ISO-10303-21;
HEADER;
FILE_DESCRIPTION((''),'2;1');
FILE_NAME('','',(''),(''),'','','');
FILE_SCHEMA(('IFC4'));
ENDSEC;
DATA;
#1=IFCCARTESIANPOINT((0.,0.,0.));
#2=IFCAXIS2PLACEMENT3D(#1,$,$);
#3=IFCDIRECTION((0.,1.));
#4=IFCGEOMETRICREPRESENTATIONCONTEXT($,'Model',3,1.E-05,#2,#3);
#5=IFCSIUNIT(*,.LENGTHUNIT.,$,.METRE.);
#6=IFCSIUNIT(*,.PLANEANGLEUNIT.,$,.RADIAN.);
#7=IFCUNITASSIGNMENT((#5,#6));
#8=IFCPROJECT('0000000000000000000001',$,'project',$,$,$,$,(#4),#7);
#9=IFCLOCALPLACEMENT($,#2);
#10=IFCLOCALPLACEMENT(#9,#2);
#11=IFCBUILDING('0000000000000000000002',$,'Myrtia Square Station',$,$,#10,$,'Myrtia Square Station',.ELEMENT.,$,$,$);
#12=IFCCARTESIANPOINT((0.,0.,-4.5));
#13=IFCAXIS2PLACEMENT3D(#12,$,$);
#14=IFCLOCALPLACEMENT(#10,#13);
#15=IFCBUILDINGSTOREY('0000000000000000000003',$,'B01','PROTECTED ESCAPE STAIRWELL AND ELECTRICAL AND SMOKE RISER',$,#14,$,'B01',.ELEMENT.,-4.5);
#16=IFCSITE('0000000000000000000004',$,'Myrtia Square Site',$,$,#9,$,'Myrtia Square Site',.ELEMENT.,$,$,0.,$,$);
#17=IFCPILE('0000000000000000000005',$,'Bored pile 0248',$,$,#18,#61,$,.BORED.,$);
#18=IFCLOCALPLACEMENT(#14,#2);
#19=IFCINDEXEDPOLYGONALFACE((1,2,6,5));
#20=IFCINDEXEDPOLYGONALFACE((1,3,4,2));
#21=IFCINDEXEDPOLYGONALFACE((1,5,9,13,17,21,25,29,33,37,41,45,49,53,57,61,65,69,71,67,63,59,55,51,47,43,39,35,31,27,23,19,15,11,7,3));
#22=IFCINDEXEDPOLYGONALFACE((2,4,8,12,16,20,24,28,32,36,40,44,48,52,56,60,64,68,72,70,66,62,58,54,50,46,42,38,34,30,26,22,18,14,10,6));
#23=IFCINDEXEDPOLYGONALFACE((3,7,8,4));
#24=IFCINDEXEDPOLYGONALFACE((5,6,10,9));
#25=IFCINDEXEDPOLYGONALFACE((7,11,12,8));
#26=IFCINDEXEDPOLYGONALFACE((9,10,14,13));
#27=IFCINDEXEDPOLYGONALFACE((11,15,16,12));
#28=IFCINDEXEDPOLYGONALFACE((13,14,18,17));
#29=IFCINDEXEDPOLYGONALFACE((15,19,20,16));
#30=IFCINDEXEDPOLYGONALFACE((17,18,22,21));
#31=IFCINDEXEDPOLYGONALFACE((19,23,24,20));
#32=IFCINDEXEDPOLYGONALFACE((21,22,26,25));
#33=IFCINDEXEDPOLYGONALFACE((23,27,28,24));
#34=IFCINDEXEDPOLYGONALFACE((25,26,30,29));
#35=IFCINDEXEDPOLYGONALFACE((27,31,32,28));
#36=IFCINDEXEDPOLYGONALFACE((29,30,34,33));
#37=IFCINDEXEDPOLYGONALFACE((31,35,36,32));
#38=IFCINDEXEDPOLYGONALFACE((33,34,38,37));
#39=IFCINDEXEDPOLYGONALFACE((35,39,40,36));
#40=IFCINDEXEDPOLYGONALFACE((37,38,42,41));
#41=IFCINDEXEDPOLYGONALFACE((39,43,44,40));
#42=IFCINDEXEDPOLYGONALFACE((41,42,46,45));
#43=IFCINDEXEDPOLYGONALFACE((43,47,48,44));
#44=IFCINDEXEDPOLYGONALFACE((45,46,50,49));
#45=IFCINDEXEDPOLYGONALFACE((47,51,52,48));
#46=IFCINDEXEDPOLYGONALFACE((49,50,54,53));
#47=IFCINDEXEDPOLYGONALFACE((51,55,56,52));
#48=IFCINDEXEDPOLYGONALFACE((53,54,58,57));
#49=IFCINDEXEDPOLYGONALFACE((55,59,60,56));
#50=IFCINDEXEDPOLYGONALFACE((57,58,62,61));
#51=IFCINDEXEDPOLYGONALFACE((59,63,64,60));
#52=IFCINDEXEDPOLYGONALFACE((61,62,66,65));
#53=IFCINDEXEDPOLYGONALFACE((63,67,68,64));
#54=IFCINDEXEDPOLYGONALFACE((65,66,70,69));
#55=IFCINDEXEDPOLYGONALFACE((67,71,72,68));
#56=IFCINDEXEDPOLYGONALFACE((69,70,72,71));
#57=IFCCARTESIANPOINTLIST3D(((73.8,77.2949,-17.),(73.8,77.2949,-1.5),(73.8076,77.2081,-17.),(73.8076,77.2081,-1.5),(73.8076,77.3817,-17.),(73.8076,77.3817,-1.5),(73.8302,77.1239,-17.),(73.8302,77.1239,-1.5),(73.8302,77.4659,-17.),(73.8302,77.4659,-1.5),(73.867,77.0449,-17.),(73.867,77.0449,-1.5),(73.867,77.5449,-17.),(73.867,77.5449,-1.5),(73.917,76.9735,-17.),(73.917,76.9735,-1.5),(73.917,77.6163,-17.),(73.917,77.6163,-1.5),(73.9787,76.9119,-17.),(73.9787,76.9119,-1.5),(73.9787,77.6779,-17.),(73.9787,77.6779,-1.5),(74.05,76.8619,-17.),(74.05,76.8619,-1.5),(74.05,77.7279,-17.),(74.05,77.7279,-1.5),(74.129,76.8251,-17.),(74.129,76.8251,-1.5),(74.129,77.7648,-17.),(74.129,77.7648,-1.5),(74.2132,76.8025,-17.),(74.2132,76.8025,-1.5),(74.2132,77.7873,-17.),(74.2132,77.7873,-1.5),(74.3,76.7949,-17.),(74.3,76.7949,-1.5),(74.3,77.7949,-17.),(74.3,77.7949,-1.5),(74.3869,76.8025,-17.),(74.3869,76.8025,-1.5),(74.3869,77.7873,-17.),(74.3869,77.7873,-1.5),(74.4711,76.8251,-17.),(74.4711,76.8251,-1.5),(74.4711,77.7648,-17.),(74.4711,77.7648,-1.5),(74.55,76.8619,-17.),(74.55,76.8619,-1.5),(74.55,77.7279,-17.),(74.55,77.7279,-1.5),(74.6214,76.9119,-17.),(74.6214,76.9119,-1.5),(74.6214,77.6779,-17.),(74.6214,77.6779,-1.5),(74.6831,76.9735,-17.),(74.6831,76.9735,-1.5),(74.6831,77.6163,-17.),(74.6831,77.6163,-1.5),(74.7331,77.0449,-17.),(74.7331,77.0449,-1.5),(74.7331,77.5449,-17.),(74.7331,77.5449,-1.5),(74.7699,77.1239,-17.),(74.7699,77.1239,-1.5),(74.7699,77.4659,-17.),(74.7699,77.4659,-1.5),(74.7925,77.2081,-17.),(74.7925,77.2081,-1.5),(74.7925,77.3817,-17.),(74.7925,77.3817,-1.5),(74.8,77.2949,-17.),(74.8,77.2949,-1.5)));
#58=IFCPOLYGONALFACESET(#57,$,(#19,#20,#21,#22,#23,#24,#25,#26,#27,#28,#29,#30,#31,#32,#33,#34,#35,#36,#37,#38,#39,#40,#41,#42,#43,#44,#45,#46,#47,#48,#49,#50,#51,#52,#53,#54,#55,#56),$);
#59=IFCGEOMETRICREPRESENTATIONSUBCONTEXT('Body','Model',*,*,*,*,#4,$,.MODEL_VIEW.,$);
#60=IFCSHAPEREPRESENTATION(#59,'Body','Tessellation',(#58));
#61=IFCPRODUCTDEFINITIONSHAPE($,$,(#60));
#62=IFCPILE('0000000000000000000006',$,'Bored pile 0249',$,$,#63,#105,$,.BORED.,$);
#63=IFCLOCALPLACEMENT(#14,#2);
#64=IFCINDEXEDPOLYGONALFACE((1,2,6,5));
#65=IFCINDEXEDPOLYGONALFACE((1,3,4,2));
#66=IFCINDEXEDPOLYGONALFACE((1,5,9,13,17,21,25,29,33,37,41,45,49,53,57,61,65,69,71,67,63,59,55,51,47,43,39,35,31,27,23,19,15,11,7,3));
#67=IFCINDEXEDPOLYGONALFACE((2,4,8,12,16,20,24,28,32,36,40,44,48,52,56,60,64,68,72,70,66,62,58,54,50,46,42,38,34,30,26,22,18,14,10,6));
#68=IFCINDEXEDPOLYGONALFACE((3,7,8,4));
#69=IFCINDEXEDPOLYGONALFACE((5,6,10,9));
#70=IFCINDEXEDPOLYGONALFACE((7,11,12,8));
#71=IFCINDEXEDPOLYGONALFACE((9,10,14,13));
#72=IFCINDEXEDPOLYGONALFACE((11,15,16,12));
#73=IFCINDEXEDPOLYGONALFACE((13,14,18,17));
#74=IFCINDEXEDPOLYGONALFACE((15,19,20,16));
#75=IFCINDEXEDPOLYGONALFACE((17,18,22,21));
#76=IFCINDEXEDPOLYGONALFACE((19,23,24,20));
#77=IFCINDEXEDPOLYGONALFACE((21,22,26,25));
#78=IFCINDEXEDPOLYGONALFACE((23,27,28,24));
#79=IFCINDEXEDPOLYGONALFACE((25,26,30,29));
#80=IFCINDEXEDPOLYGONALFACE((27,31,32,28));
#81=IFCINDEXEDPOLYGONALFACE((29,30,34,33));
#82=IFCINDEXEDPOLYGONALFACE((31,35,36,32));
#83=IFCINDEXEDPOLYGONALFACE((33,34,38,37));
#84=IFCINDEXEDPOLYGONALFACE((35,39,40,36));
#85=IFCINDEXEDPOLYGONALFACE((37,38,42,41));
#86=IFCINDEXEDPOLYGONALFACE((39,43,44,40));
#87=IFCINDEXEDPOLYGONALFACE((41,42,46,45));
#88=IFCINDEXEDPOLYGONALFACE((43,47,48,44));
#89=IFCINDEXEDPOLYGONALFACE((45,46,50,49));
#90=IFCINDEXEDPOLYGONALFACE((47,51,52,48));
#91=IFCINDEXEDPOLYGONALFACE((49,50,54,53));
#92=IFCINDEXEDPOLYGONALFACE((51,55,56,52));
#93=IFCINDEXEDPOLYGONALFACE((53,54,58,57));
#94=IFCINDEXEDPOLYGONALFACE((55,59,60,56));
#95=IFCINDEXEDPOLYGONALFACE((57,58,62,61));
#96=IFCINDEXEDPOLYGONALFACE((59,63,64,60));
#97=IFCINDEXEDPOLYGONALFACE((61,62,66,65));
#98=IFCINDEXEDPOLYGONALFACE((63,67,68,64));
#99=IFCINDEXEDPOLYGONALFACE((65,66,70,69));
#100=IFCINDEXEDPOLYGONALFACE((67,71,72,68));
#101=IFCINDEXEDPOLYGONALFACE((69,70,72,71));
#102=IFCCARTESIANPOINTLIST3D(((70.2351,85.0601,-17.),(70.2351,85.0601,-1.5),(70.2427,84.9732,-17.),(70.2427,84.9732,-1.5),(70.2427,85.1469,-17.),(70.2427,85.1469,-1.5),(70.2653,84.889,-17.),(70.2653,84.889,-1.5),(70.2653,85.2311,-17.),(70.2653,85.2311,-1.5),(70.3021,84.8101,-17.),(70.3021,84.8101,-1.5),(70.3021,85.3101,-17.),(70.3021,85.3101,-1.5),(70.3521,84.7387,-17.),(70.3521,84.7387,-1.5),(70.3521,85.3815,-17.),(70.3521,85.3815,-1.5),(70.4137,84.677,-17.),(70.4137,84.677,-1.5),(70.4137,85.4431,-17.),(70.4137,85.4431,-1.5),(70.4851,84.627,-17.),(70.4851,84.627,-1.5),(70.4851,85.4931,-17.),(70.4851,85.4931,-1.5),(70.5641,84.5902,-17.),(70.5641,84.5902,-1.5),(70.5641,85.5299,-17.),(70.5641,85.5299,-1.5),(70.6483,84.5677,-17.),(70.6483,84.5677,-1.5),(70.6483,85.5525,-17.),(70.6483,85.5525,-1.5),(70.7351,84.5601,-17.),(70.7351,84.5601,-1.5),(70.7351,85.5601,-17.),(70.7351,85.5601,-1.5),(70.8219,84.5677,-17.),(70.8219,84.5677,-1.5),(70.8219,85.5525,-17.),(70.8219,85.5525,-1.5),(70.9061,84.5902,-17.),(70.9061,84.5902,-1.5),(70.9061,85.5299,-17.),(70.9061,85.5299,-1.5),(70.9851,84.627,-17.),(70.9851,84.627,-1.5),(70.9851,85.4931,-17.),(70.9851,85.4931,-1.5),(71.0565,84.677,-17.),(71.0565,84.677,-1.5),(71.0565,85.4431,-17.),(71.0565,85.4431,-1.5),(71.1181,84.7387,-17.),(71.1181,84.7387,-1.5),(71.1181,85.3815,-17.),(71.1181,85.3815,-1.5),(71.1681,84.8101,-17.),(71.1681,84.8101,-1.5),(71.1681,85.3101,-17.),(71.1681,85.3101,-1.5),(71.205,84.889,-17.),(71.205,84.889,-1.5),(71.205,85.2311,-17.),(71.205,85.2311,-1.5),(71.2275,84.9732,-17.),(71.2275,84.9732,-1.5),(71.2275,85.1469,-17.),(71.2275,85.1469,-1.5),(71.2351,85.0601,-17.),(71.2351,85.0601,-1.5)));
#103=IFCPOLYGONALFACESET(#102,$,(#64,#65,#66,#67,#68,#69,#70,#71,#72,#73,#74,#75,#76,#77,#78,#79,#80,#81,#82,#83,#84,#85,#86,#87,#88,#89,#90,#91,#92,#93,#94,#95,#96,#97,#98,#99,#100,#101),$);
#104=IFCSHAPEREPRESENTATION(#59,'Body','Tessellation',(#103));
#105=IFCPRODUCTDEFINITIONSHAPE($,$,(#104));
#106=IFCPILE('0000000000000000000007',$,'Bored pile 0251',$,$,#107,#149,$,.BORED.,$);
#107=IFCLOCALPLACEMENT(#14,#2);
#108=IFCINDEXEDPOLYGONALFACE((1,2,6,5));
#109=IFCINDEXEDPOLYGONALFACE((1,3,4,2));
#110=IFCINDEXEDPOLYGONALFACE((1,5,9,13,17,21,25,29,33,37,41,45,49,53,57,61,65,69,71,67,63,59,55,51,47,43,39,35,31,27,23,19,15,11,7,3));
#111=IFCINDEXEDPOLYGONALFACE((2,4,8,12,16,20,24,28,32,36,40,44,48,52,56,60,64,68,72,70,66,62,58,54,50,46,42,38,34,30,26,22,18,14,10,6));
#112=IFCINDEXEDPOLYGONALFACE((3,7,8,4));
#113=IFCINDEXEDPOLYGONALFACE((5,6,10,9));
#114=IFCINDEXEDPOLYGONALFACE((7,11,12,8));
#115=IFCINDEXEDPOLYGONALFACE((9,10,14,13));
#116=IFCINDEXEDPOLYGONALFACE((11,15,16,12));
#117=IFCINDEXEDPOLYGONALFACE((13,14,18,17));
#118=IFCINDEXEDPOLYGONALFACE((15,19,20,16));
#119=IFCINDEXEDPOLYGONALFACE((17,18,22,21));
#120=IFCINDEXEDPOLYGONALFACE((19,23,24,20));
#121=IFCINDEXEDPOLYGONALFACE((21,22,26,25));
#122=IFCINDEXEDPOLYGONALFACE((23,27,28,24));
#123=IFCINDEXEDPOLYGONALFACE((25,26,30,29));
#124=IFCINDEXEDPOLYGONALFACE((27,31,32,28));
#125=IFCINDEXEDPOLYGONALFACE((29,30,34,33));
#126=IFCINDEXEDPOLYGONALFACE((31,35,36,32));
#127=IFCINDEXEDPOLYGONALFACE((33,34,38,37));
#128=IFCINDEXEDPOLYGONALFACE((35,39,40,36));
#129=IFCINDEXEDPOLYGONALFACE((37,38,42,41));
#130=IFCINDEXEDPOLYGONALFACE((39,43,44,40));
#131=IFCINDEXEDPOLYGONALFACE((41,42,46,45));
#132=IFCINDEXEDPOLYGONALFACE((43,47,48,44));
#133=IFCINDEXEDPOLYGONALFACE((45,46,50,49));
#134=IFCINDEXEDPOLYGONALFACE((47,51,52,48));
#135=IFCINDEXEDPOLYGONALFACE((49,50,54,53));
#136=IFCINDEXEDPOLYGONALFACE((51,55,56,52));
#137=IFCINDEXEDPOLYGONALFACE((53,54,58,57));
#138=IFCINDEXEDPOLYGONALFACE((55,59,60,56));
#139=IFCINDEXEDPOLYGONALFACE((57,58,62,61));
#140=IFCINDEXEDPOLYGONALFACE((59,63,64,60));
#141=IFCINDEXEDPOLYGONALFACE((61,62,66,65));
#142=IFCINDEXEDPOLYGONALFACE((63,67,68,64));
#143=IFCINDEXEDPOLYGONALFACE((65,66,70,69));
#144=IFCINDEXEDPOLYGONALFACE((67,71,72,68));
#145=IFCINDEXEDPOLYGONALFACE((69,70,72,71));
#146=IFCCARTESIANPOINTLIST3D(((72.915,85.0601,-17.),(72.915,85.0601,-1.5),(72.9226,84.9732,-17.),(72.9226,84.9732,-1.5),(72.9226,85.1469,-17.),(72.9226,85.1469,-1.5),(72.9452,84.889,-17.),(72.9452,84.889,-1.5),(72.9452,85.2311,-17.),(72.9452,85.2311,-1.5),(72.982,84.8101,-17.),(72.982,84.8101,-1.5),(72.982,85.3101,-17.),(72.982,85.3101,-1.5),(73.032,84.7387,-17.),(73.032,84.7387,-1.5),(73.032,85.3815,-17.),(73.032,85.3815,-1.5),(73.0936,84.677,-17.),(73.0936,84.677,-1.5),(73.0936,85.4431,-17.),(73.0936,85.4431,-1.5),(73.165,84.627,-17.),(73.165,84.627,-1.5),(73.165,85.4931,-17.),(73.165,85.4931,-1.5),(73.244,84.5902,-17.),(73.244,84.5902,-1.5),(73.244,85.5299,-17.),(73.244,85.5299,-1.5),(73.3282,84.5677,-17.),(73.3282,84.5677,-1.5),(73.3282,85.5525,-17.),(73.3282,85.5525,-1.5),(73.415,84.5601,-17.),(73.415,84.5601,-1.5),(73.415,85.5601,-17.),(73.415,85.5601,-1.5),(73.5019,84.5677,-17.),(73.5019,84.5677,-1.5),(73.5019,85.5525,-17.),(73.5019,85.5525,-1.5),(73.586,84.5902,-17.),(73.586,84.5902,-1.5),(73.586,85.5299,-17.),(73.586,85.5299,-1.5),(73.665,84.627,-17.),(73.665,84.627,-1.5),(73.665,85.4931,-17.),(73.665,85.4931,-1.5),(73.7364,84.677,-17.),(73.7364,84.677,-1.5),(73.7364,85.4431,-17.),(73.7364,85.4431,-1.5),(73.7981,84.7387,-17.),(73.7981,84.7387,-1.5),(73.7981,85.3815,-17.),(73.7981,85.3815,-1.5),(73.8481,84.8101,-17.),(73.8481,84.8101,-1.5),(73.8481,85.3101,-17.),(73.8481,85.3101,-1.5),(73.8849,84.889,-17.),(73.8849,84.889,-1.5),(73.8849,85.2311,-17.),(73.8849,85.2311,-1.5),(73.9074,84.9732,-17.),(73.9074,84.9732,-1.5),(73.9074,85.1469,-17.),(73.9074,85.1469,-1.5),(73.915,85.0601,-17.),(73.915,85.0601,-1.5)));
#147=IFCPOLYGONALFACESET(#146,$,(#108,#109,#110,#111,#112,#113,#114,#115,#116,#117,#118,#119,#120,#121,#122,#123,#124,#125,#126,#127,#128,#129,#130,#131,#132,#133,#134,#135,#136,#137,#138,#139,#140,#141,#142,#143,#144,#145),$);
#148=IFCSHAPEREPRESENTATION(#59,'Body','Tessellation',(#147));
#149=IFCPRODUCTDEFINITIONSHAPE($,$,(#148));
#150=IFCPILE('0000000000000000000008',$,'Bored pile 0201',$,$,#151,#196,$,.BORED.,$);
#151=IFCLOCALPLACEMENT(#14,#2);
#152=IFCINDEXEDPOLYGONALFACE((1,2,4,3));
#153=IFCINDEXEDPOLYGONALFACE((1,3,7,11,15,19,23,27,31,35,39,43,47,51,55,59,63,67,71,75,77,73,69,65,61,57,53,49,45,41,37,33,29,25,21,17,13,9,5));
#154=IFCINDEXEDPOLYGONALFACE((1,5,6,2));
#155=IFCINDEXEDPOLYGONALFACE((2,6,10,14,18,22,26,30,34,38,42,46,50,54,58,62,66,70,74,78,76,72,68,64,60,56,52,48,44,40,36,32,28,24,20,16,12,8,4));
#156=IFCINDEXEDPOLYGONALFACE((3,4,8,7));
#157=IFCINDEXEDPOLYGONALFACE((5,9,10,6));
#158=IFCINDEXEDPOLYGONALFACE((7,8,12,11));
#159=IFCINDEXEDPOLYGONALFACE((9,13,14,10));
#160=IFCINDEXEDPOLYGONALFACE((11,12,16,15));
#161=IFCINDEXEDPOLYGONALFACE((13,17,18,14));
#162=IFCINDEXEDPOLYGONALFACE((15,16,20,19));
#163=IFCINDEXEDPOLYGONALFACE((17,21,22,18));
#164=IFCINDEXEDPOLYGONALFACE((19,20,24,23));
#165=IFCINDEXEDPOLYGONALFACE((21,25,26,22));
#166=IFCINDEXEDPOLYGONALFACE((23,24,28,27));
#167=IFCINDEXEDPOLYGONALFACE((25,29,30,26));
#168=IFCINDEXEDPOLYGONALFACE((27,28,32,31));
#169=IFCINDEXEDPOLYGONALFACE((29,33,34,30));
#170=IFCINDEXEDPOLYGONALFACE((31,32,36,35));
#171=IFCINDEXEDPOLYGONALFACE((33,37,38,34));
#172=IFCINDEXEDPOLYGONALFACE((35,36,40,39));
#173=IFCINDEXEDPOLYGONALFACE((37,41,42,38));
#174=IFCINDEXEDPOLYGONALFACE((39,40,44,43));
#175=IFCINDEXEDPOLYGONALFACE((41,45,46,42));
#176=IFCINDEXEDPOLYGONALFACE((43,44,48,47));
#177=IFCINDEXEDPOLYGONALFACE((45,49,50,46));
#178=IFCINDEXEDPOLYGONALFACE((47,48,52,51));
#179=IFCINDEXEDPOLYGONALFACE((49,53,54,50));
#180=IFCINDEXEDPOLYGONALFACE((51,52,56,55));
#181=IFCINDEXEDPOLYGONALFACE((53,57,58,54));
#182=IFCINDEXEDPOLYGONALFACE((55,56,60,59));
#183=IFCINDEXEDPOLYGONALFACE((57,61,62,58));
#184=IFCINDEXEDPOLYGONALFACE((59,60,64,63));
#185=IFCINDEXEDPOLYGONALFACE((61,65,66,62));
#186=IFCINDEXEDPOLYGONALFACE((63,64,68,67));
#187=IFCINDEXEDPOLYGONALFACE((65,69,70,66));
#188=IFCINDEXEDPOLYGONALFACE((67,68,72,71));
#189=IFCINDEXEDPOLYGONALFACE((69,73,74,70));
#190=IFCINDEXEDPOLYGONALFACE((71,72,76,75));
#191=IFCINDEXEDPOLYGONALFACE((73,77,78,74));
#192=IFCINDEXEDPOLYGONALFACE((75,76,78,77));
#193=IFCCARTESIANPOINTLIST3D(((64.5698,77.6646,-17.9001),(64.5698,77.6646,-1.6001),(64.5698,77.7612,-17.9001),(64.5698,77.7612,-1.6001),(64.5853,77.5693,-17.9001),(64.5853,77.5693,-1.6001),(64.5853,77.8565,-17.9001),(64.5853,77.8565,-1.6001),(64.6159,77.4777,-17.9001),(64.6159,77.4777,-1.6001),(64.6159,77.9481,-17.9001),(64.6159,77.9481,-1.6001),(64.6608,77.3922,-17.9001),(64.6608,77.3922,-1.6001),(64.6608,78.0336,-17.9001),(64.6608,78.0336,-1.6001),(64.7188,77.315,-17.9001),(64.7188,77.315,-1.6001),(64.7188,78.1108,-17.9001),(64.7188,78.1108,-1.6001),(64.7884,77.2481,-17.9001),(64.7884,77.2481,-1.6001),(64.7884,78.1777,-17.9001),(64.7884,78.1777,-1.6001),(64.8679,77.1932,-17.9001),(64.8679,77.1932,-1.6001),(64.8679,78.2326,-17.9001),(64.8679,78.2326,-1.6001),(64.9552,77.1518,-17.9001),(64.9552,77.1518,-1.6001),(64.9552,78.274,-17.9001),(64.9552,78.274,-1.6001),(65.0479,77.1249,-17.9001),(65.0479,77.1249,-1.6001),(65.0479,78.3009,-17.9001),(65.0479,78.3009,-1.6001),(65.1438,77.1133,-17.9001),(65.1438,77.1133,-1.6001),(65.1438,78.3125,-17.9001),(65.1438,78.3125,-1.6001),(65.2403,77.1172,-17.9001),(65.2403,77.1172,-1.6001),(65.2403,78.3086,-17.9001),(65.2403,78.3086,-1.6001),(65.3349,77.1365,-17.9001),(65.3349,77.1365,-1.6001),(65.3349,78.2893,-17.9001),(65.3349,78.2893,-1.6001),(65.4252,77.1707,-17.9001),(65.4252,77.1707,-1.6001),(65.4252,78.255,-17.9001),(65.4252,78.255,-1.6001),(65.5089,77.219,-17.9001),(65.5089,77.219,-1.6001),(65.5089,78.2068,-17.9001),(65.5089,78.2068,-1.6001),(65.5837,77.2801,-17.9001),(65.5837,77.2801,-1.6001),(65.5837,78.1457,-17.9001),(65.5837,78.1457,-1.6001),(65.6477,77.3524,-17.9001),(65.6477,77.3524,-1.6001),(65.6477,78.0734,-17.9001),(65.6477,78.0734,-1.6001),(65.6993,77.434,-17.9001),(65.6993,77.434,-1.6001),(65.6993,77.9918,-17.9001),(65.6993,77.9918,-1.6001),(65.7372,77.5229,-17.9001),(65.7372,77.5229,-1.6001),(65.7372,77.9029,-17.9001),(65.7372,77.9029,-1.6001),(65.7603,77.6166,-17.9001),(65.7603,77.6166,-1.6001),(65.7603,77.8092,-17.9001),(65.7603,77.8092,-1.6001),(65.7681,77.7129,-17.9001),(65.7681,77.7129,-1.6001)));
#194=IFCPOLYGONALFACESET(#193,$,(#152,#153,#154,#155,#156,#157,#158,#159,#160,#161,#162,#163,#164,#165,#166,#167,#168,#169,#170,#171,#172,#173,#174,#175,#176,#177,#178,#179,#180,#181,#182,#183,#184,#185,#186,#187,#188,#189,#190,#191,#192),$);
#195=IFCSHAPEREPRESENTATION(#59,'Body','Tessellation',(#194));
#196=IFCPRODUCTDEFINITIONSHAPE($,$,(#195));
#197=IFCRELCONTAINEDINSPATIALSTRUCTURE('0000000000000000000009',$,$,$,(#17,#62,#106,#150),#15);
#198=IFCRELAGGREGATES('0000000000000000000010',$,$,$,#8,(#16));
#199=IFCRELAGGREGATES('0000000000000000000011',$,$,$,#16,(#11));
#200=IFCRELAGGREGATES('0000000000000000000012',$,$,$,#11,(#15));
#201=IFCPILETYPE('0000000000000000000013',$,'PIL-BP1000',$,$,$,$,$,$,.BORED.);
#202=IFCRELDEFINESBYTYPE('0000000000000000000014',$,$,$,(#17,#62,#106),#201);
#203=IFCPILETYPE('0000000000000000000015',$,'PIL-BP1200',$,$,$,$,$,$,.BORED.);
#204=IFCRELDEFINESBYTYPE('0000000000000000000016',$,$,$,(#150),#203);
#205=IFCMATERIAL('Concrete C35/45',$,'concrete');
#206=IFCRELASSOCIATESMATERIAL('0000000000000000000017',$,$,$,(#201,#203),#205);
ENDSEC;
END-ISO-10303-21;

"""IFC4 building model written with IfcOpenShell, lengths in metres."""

from ifc_helpers import new_model, si_unit, direction, frame, origin, origin_2d, place, context, subcontext, project, spatial, circle, extrude, material, material_profile, profile_set, type_object, element, save


model = new_model("IFC4")

# Units and contexts
model_context = context("Model", 3, precision=1e-05, world=origin(), true_north=direction((0.0, 1.0)))
body_context = subcontext(model_context, "Body", "Model", "MODEL_VIEW")
ifc_project = project(units=[si_unit("LENGTHUNIT", "METRE"), si_unit("PLANEANGLEUNIT", "RADIAN")], contexts=[model_context])

# Site, building, storey
site_placement = place(None, origin())
site = spatial("IfcSite", under=ifc_project, at=site_placement, Name="Myrtia Square Site", LongName="Myrtia Square Site", CompositionType="ELEMENT", RefElevation=0.0)
building_placement = place(site_placement, origin())
building = spatial("IfcBuilding", under=site, at=building_placement, Name="Myrtia Square Station", LongName="Myrtia Square Station", CompositionType="ELEMENT")
storey_placement = place(building_placement, frame((0.0, 0.0, -4.5)))
storey = spatial("IfcBuildingStorey", under=building, at=storey_placement, Name="B01", Description="PROTECTED ESCAPE STAIRWELL AND ELECTRICAL AND SMOKE RISER", LongName="B01", CompositionType="ELEMENT", Elevation=-4.5)

# Shared definitions
ifc_material_1 = material(Name="Concrete C35/45", Category="concrete")

# Piles
ifc_material_profile_1 = material_profile(ifc_material_1, circle(Radius=0.5, at=origin_2d()), Name="BP D1000")
ifc_profile_set_1 = profile_set([ifc_material_profile_1], Name="Concrete C35/45")
pile_type_1 = type_object("IfcPileType", Name="PIL-BP1000", PredefinedType="BORED", material=ifc_profile_set_1)
for number, where, z_axis, x_axis, name in (
    (1, (74.3, 77.2949, -1.5), (0.0, 0.0, -1.0), (1.0, 0.0, 0.0), "Bored pile 0248"),
    (2, (70.7351, 85.0601, -1.5), (0.0, 0.0, -1.0), (1.0, 0.0, 0.0), "Bored pile 0249"),
    (3, (73.415, 85.0601, -1.5), (0.0, 0.0, -1.0), (1.0, 0.0, 0.0), "Bored pile 0251"),
):
    element("IfcPile", number, at=place(storey_placement, frame(where, z_axis=z_axis, x_axis=x_axis)), inside=storey, type_object=pile_type_1, Name=name, PredefinedType="BORED", context=body_context, shape_type="SweptSolid", body=[
        extrude(circle(Radius=0.5, at=origin_2d()), origin(), (0.0, 0.0, 1.0), 15.5),
    ])
ifc_material_profile_2 = material_profile(ifc_material_1, circle(Radius=0.6001, at=origin_2d()), Name="BP D1200")
ifc_profile_set_2 = profile_set([ifc_material_profile_2], Name="Concrete C35/45")
pile_type_2 = type_object("IfcPileType", Name="PIL-BP1200", PredefinedType="BORED", material=ifc_profile_set_2)
for number, where, z_axis, x_axis, name in (
    (4, (65.168, 77.7129, -1.6001), (0.0, 0.0, -1.0), (1.0, 0.0, 0.0), "Bored pile 0201"),
):
    element("IfcPile", number, at=place(storey_placement, frame(where, z_axis=z_axis, x_axis=x_axis)), inside=storey, type_object=pile_type_2, Name=name, PredefinedType="BORED", context=body_context, shape_type="SweptSolid", body=[
        extrude(circle(Radius=0.6001, at=origin_2d()), origin(), (0.0, 0.0, 1.0), 16.3),
    ])

save(model, "model.ifc")
